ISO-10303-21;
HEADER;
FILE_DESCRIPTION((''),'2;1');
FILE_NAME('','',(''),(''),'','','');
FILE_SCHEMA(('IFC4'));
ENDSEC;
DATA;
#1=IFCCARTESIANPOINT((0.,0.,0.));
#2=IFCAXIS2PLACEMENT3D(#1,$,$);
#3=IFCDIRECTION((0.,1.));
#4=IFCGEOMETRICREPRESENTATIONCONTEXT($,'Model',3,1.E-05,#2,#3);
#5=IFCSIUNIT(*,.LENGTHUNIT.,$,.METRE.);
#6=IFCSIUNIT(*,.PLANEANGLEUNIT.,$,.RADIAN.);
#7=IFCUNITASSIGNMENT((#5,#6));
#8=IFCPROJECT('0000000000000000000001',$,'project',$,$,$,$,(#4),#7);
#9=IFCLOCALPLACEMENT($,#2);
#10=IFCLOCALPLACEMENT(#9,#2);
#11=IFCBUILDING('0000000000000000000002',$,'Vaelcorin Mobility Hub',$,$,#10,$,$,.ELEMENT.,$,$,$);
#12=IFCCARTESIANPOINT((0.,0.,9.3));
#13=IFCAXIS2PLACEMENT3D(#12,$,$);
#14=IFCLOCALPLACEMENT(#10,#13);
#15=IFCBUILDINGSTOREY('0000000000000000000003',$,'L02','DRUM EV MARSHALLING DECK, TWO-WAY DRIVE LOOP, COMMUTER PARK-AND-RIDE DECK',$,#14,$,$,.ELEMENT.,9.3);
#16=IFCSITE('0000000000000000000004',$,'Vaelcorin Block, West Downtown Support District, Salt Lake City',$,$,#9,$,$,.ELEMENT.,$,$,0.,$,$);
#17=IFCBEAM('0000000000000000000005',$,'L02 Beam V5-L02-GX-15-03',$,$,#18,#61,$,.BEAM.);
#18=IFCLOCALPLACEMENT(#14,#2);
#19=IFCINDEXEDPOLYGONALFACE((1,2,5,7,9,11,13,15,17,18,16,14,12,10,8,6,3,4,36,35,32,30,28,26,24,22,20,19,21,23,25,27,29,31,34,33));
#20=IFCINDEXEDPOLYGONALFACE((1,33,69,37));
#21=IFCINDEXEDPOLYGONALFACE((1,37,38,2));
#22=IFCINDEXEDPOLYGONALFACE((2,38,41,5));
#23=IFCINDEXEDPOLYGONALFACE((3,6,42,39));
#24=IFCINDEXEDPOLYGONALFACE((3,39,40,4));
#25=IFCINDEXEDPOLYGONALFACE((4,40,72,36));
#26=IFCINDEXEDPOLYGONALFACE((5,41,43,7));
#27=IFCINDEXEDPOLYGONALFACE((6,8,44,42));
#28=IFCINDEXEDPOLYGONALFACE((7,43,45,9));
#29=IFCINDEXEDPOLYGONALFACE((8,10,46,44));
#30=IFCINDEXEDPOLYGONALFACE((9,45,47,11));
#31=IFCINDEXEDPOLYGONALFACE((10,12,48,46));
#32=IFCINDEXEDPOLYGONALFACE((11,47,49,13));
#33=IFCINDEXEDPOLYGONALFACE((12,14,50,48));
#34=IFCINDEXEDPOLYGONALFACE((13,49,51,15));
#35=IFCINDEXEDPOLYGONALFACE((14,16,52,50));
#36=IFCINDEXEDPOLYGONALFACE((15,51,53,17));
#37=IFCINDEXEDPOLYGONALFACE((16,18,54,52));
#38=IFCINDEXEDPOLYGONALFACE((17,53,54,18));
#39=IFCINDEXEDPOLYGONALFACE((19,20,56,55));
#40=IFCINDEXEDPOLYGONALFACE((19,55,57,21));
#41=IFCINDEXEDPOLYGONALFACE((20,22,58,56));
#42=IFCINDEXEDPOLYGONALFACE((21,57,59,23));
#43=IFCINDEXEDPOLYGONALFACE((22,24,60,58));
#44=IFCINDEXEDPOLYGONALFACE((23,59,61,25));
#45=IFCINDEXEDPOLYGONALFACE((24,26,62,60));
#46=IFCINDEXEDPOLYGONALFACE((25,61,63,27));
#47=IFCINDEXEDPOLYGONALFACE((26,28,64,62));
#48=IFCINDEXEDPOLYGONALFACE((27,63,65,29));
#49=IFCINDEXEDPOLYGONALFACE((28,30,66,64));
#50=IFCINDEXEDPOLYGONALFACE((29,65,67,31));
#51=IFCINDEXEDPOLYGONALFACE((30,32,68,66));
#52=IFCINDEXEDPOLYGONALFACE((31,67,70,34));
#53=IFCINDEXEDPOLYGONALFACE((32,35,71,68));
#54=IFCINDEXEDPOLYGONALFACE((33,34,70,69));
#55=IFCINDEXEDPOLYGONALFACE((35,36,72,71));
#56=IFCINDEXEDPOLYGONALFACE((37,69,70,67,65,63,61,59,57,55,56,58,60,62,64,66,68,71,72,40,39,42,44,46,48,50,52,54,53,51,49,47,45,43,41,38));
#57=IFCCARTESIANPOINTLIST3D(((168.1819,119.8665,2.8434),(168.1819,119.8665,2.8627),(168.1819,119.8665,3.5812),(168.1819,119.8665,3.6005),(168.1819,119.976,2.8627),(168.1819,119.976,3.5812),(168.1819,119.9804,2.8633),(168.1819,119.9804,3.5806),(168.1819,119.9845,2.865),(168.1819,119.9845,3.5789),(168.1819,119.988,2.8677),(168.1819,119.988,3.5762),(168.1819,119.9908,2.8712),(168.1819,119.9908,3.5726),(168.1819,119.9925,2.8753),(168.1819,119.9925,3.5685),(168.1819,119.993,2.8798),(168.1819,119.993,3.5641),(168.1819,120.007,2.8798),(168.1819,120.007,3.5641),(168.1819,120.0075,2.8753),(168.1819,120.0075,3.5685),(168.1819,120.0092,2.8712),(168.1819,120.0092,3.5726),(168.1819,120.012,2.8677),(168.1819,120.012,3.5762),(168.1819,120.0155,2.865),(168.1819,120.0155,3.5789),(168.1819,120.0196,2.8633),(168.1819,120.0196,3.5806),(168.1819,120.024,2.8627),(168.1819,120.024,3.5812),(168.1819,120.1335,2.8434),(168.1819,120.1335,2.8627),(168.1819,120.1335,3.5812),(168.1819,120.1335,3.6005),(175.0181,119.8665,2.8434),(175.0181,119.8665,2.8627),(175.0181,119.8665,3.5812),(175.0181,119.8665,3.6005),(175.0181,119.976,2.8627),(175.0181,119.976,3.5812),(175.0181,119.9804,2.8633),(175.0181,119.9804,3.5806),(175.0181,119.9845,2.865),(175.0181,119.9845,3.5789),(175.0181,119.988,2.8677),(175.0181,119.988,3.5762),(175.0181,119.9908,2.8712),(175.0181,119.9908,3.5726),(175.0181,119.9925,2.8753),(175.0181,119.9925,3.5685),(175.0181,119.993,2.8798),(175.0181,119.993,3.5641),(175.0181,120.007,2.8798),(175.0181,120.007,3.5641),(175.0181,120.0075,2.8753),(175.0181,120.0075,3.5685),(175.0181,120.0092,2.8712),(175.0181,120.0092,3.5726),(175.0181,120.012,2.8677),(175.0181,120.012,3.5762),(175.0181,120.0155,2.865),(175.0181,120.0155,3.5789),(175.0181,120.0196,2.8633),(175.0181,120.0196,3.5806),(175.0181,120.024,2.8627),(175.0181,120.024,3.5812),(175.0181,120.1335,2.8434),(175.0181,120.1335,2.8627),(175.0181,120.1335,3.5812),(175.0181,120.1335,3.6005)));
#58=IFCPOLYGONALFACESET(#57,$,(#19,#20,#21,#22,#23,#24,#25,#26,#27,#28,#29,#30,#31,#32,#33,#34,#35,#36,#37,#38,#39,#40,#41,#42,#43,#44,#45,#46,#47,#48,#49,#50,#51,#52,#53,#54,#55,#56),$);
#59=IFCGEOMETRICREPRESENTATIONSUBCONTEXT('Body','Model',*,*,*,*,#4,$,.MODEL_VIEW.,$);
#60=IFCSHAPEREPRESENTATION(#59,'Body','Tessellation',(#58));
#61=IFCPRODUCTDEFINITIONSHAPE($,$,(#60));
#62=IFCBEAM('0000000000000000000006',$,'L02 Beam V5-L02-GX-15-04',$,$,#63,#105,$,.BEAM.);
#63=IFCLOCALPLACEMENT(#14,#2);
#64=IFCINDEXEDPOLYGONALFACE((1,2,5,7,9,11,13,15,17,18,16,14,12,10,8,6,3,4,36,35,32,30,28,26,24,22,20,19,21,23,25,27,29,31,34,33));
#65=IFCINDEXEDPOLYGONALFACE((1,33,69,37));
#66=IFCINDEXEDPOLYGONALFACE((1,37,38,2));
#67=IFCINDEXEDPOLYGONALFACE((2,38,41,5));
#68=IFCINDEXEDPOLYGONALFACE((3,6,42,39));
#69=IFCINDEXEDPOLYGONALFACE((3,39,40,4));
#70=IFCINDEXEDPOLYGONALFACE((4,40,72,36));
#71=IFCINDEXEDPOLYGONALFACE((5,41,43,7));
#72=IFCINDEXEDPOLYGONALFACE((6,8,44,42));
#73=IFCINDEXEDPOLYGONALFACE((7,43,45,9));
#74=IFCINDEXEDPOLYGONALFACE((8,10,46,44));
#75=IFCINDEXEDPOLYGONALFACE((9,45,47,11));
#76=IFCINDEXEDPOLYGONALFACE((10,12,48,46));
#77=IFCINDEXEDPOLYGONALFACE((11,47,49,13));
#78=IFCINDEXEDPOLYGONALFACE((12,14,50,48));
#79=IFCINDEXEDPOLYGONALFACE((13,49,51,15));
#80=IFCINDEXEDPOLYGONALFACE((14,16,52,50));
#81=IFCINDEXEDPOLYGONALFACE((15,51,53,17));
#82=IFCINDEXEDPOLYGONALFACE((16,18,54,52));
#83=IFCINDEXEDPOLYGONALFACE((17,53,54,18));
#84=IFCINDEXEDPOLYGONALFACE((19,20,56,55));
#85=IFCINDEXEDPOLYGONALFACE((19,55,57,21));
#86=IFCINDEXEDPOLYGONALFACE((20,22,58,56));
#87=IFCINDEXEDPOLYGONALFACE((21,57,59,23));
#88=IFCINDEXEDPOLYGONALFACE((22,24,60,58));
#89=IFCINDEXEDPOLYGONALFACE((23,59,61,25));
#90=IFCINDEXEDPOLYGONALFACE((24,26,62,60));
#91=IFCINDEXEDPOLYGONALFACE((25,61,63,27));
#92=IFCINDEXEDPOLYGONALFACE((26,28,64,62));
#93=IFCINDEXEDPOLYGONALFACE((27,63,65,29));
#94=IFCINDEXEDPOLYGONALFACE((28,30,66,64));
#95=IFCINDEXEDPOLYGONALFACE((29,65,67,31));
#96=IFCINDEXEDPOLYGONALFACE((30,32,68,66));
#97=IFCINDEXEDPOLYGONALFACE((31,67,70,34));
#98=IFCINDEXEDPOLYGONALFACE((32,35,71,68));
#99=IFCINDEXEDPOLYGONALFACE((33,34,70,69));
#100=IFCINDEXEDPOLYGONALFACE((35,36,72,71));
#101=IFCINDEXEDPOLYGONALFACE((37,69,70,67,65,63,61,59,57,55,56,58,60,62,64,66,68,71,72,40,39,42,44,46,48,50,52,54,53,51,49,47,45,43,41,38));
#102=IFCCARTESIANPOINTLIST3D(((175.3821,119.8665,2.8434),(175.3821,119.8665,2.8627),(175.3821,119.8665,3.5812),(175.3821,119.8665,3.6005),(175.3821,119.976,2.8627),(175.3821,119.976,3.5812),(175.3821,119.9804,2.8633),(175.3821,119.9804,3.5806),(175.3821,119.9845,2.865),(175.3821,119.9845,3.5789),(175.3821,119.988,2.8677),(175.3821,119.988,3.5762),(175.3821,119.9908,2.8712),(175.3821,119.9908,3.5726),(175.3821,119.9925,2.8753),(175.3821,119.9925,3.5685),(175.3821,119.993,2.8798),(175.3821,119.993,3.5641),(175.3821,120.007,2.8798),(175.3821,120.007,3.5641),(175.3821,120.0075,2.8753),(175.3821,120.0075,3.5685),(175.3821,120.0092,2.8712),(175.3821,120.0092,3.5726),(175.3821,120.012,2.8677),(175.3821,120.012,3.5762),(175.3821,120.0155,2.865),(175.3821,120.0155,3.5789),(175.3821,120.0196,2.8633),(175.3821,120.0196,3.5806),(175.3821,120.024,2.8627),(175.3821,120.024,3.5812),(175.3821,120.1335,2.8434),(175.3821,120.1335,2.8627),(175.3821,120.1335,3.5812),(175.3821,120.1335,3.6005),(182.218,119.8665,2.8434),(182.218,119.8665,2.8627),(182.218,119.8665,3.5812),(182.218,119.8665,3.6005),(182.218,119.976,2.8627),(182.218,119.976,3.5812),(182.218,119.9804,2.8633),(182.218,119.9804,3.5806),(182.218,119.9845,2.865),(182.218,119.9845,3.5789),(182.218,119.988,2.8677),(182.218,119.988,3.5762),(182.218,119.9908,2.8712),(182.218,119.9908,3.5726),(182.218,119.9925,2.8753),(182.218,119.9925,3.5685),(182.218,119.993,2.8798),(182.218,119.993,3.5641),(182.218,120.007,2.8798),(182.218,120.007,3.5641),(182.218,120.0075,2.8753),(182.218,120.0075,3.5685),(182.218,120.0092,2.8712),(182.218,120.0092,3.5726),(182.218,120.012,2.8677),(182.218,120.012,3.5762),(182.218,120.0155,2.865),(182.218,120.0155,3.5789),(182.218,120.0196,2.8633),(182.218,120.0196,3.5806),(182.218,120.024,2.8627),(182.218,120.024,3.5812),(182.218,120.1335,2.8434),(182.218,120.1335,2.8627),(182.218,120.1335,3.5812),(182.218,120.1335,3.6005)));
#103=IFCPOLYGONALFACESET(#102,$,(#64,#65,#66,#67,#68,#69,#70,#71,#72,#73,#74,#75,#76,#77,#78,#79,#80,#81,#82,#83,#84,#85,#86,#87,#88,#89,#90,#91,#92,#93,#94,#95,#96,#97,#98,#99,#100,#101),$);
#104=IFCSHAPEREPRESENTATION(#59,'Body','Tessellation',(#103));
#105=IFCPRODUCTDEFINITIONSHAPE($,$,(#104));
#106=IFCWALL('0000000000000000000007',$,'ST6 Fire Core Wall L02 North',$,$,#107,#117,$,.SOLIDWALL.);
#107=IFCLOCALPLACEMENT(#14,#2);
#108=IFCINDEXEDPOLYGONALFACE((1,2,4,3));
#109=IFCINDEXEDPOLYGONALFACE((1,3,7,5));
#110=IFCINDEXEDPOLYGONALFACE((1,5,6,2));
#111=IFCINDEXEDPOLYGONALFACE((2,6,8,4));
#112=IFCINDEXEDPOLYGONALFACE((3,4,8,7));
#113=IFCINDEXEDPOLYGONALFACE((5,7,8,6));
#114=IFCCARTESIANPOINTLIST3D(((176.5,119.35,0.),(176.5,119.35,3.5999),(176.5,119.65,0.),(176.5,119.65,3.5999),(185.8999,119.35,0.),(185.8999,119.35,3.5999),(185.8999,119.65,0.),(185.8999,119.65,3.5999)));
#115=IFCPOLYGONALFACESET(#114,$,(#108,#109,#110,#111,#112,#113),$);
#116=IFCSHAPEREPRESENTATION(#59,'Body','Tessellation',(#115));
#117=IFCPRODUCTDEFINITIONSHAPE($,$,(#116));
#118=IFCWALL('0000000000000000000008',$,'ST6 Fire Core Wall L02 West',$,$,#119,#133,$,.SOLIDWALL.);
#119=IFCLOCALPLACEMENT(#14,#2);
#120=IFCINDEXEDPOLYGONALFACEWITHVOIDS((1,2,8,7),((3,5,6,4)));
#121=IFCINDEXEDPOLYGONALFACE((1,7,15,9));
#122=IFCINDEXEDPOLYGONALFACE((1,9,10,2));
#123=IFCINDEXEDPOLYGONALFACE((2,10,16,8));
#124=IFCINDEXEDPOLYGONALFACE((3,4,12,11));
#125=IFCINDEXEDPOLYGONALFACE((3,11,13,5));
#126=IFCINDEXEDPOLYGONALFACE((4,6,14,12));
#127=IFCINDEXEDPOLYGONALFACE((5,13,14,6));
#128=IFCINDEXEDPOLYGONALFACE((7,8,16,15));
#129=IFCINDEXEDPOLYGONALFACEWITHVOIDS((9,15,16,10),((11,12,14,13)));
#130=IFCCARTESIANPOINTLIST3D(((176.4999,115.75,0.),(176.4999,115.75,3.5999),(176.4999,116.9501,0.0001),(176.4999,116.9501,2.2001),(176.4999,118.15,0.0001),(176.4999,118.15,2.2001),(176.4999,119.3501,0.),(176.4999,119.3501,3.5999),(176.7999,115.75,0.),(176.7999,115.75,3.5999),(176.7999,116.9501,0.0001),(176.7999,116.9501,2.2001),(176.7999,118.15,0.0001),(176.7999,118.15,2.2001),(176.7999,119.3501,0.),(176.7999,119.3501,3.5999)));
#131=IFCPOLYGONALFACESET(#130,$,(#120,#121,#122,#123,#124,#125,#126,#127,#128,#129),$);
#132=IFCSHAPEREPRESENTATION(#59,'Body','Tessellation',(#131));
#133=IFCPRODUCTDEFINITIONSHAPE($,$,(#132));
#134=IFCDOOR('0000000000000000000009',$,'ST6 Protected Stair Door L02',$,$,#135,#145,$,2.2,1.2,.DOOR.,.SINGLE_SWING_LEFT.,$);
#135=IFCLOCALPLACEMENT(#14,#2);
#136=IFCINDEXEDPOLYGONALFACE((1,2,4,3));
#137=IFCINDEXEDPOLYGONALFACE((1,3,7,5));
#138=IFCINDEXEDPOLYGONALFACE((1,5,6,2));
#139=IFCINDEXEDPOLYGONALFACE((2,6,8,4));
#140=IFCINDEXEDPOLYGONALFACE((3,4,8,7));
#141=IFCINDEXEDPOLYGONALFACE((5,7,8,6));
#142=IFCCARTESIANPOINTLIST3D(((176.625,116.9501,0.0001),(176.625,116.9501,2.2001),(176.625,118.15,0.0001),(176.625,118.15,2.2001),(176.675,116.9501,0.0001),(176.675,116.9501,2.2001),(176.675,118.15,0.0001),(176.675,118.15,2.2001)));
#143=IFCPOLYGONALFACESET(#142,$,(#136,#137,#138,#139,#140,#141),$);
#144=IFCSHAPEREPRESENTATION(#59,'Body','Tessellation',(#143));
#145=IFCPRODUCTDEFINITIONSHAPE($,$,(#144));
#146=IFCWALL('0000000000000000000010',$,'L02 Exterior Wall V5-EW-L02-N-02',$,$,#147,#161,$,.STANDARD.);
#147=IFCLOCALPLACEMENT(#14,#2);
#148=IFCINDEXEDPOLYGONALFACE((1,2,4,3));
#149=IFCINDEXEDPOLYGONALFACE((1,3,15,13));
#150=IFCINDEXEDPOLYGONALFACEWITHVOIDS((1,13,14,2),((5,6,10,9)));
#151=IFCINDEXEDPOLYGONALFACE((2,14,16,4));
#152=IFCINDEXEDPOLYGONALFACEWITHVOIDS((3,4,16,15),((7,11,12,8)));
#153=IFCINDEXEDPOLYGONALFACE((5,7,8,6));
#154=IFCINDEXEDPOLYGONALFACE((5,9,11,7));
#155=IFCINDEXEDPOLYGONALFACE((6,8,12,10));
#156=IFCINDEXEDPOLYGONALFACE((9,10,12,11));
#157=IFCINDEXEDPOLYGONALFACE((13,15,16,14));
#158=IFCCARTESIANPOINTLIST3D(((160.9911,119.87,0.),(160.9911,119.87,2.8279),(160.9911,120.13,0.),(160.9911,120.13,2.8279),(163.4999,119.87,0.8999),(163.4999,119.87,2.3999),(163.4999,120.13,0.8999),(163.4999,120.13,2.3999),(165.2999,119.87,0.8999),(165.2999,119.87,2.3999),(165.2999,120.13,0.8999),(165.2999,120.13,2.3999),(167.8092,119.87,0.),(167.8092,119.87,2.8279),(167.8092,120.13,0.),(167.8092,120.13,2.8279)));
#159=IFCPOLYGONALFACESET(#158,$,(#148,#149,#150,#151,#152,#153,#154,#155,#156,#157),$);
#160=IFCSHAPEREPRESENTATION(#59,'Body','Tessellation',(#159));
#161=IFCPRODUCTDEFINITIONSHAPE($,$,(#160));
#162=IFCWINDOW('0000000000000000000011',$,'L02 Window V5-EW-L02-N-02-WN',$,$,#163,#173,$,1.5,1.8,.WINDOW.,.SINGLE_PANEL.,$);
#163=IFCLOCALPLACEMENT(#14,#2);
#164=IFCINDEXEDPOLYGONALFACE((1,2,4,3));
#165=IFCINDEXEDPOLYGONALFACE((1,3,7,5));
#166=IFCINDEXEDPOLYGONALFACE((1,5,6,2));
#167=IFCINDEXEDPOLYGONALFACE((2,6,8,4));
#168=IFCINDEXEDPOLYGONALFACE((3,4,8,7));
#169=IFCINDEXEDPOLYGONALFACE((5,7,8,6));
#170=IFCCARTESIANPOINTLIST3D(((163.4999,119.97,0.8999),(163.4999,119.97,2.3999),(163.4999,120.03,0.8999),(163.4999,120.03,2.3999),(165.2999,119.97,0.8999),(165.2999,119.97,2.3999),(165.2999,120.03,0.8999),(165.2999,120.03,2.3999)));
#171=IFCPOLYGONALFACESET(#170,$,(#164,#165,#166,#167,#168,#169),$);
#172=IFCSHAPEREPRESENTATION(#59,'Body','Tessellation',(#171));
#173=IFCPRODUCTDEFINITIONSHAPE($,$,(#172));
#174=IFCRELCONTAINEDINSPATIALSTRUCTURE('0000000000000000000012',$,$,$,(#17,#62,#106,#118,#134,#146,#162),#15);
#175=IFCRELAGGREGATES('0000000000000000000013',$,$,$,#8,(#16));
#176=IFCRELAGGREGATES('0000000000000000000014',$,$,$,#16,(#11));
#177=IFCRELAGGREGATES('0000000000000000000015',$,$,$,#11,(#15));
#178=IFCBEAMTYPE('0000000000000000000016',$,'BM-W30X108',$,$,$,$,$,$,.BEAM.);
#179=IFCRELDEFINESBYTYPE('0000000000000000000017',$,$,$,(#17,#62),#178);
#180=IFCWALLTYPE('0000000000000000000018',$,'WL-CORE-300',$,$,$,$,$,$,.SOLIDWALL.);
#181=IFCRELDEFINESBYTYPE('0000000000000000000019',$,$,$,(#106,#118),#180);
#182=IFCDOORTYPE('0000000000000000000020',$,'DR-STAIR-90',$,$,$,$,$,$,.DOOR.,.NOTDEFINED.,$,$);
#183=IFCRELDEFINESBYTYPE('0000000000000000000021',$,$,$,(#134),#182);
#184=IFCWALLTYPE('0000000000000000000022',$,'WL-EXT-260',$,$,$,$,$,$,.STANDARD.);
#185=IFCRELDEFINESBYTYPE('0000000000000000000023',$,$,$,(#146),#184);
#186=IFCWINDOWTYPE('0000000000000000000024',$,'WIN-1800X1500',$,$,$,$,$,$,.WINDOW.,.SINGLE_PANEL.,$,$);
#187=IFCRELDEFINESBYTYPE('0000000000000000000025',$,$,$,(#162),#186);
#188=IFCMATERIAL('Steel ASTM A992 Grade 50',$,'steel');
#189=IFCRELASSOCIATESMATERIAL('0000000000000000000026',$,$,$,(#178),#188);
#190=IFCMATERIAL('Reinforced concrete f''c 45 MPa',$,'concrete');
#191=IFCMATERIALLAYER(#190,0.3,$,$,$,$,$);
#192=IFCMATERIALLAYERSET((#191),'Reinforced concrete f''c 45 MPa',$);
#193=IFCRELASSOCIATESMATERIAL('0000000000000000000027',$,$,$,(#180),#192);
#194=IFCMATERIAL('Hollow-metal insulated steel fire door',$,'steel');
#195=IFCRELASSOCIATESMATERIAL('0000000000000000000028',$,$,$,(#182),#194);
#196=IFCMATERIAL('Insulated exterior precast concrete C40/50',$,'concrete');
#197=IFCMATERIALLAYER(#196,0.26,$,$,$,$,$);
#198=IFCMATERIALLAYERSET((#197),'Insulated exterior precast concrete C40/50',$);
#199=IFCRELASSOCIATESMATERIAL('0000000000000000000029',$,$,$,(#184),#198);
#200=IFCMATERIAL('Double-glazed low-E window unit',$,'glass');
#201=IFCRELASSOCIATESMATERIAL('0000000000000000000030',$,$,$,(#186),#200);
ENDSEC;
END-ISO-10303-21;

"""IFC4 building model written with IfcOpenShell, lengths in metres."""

from ifc_helpers import new_model, si_unit, direction, frame, frame_2d, origin, origin_2d, place, context, subcontext, project, spatial, rectangle, i_section, extrude, material, layer, layer_set, material_profile, profile_set, type_object, element, fill, save


model = new_model("IFC4")

# Units and contexts
model_context = context("Model", 3, precision=1e-05, world=origin(), true_north=direction((0.0, 1.0)))
body_context = subcontext(model_context, "Body", "Model", "MODEL_VIEW")
ifc_project = project(units=[si_unit("LENGTHUNIT", "METRE"), si_unit("PLANEANGLEUNIT", "RADIAN")], contexts=[model_context])

# Site, building, storey
site_placement = place(None, origin())
site = spatial("IfcSite", under=ifc_project, at=site_placement, Name="Vaelcorin Block, West Downtown Support District, Salt Lake City", CompositionType="ELEMENT", RefElevation=0.0)
building_placement = place(site_placement, origin())
building = spatial("IfcBuilding", under=site, at=building_placement, Name="Vaelcorin Mobility Hub", CompositionType="ELEMENT")
storey_placement = place(building_placement, frame((0.0, 0.0, 9.3)))
storey = spatial("IfcBuildingStorey", under=building, at=storey_placement, Name="L02", Description="DRUM EV MARSHALLING DECK, TWO-WAY DRIVE LOOP, COMMUTER PARK-AND-RIDE DECK", CompositionType="ELEMENT", Elevation=9.3)

# Shared definitions
ifc_material_1 = material(Name="Steel ASTM A992 Grade 50", Category="steel")

# Beams
ifc_material_profile_1 = material_profile(ifc_material_1, i_section(OverallWidth=0.2671, OverallDepth=0.7571, WebThickness=0.0139, FlangeThickness=0.0193, FilletRadius=0.0171, at=origin_2d()), Name="W30X108")
ifc_profile_set_1 = profile_set([ifc_material_profile_1], Name="Steel ASTM A992 Grade 50")
beam_type_1 = type_object("IfcBeamType", Name="BM-W30X108", PredefinedType="BEAM", material=ifc_profile_set_1)
beam_1_placement = place(storey_placement, frame((168.1819, 120.0, 3.2219), z_axis=(1.0, 0.0, 0.0), x_axis=(0.0, 1.0, 0.0)))
element("IfcBeam", 1, at=beam_1_placement, inside=storey, type_object=beam_type_1, Name="L02 Beam V5-L02-GX-15-03", PredefinedType="BEAM", context=body_context, shape_type="SweptSolid", body=[
    extrude(i_section(OverallWidth=0.2671, OverallDepth=0.7571, WebThickness=0.0139, FlangeThickness=0.0193, FilletRadius=0.0171, at=origin_2d()), origin(), (0.0, 0.0, 1.0), 6.8362),
])
beam_2_placement = place(storey_placement, frame((175.3821, 120.0, 3.2219), z_axis=(1.0, 0.0, 0.0), x_axis=(0.0, 1.0, 0.0)))
element("IfcBeam", 2, at=beam_2_placement, inside=storey, type_object=beam_type_1, Name="L02 Beam V5-L02-GX-15-04", PredefinedType="BEAM", context=body_context, shape_type="SweptSolid", body=[
    extrude(i_section(OverallWidth=0.2671, OverallDepth=0.7571, WebThickness=0.0139, FlangeThickness=0.0193, FilletRadius=0.0171, at=origin_2d()), origin(), (0.0, 0.0, 1.0), 6.8359),
])

# Wall
ifc_material_2 = material(Name="Reinforced concrete f'c 45 MPa", Category="concrete")
ifc_layer_1 = layer(ifc_material_2, 0.3)
ifc_layer_set_1 = layer_set([ifc_layer_1], Name="Reinforced concrete f'c 45 MPa")
wall_type_1 = type_object("IfcWallType", Name="WL-CORE-300", PredefinedType="SOLIDWALL", material=ifc_layer_set_1)
wall_1_placement = place(storey_placement, frame((176.5, 119.5, 0.0), z_axis=(0.0, 0.0, 1.0), x_axis=(1.0, 0.0, 0.0)))
element("IfcWall", 3, at=wall_1_placement, inside=storey, type_object=wall_type_1, Name="ST6 Fire Core Wall L02 North", PredefinedType="SOLIDWALL", context=body_context, shape_type="SweptSolid", body=[
    extrude(rectangle(XDim=9.3999, YDim=0.3, at=frame_2d((4.7, 0.0))), origin(), (0.0, 0.0, 1.0), 3.5999),
])

# Wall, opening, door
wall_2_placement = place(storey_placement, frame((176.6499, 115.75, 0.0), z_axis=(0.0, 0.0, 1.0), x_axis=(0.0, 1.0, 0.0)))
wall_2 = element("IfcWall", 4, at=wall_2_placement, inside=storey, type_object=wall_type_1, Name="ST6 Fire Core Wall L02 West", PredefinedType="SOLIDWALL", context=body_context, shape_type="SweptSolid", body=[
    extrude(rectangle(XDim=3.6001, YDim=0.3, at=frame_2d((1.8, 0.0))), origin(), (0.0, 0.0, 1.0), 3.5999),
])
opening_1_placement = place(wall_2_placement, frame((1.2, 0.0, 0.0)))
opening_1 = element("IfcOpeningElement", 5, at=opening_1_placement, cuts=wall_2, PredefinedType="OPENING", context=body_context, shape_type="SweptSolid", body=[
    extrude(rectangle(XDim=1.2, YDim=2.2, at=frame_2d((0.6001, 1.1001))), frame((0.0, 0.1599, 0.0), z_axis=(0.0, -1.0, 0.0), x_axis=(1.0, 0.0, 0.0)), (0.0, 0.0, 1.0), 0.3201),
])
ifc_material_3 = material(Name="Hollow-metal insulated steel fire door", Category="steel")
door_type = type_object("IfcDoorType", Name="DR-STAIR-90", OperationType="NOTDEFINED", PredefinedType="DOOR", material=ifc_material_3)
door_placement = place(opening_1_placement, origin())
door = element("IfcDoor", 6, at=door_placement, inside=storey, type_object=door_type, Name="ST6 Protected Stair Door L02", OperationType="SINGLE_SWING_LEFT", OverallHeight=2.2, OverallWidth=1.2, PredefinedType="DOOR", context=body_context, shape_type="SweptSolid", body=[
    extrude(rectangle(XDim=1.2, YDim=2.2, at=frame_2d((0.6001, 1.1001))), frame((0.0, 0.0249, 0.0), z_axis=(0.0, -1.0, 0.0), x_axis=(1.0, 0.0, 0.0)), (0.0, 0.0, 1.0), 0.05),
])
fill(opening_1, door)

# Wall, opening, window
ifc_material_4 = material(Name="Insulated exterior precast concrete C40/50", Category="concrete")
ifc_layer_2 = layer(ifc_material_4, 0.26)
ifc_layer_set_2 = layer_set([ifc_layer_2], Name="Insulated exterior precast concrete C40/50")
wall_type_2 = type_object("IfcWallType", Name="WL-EXT-260", PredefinedType="STANDARD", material=ifc_layer_set_2)
wall_3_placement = place(storey_placement, frame((160.991, 120.0, 0.0), z_axis=(0.0, 0.0, 1.0), x_axis=(1.0, 0.0, 0.0)))
wall_3 = element("IfcWall", 7, at=wall_3_placement, inside=storey, type_object=wall_type_2, Name="L02 Exterior Wall V5-EW-L02-N-02", PredefinedType="STANDARD", context=body_context, shape_type="SweptSolid", body=[
    extrude(rectangle(XDim=6.8181, YDim=0.26, at=frame_2d((3.4092, 0.0))), origin(), (0.0, 0.0, 1.0), 2.8279),
])
opening_2_placement = place(wall_3_placement, frame((2.509, 0.0, 0.8999)))
opening_2 = element("IfcOpeningElement", 8, at=opening_2_placement, cuts=wall_3, PredefinedType="OPENING", context=body_context, shape_type="SweptSolid", body=[
    extrude(rectangle(XDim=1.8, YDim=1.5, at=frame_2d((0.8999, 0.75))), frame((0.0, 0.1399, 0.0), z_axis=(0.0, -1.0, 0.0), x_axis=(1.0, 0.0, 0.0)), (0.0, 0.0, 1.0), 0.28),
])
ifc_material_5 = material(Name="Double-glazed low-E window unit", Category="glass")
window_type = type_object("IfcWindowType", Name="WIN-1800X1500", PartitioningType="SINGLE_PANEL", PredefinedType="WINDOW", material=ifc_material_5)
window_1_placement = place(opening_2_placement, origin())
window_1 = element("IfcWindow", 9, at=window_1_placement, inside=storey, type_object=window_type, Name="L02 Window V5-EW-L02-N-02-WN", OverallHeight=1.5, OverallWidth=1.8, PartitioningType="SINGLE_PANEL", PredefinedType="WINDOW", context=body_context, shape_type="SweptSolid", body=[
    extrude(rectangle(XDim=1.8, YDim=1.5, at=frame_2d((0.8999, 0.75))), frame((0.0, 0.03, 0.0), z_axis=(0.0, -1.0, 0.0), x_axis=(1.0, 0.0, 0.0)), (0.0, 0.0, 1.0), 0.0601),
])
fill(opening_2, window_1)

save(model, "model.ifc")
